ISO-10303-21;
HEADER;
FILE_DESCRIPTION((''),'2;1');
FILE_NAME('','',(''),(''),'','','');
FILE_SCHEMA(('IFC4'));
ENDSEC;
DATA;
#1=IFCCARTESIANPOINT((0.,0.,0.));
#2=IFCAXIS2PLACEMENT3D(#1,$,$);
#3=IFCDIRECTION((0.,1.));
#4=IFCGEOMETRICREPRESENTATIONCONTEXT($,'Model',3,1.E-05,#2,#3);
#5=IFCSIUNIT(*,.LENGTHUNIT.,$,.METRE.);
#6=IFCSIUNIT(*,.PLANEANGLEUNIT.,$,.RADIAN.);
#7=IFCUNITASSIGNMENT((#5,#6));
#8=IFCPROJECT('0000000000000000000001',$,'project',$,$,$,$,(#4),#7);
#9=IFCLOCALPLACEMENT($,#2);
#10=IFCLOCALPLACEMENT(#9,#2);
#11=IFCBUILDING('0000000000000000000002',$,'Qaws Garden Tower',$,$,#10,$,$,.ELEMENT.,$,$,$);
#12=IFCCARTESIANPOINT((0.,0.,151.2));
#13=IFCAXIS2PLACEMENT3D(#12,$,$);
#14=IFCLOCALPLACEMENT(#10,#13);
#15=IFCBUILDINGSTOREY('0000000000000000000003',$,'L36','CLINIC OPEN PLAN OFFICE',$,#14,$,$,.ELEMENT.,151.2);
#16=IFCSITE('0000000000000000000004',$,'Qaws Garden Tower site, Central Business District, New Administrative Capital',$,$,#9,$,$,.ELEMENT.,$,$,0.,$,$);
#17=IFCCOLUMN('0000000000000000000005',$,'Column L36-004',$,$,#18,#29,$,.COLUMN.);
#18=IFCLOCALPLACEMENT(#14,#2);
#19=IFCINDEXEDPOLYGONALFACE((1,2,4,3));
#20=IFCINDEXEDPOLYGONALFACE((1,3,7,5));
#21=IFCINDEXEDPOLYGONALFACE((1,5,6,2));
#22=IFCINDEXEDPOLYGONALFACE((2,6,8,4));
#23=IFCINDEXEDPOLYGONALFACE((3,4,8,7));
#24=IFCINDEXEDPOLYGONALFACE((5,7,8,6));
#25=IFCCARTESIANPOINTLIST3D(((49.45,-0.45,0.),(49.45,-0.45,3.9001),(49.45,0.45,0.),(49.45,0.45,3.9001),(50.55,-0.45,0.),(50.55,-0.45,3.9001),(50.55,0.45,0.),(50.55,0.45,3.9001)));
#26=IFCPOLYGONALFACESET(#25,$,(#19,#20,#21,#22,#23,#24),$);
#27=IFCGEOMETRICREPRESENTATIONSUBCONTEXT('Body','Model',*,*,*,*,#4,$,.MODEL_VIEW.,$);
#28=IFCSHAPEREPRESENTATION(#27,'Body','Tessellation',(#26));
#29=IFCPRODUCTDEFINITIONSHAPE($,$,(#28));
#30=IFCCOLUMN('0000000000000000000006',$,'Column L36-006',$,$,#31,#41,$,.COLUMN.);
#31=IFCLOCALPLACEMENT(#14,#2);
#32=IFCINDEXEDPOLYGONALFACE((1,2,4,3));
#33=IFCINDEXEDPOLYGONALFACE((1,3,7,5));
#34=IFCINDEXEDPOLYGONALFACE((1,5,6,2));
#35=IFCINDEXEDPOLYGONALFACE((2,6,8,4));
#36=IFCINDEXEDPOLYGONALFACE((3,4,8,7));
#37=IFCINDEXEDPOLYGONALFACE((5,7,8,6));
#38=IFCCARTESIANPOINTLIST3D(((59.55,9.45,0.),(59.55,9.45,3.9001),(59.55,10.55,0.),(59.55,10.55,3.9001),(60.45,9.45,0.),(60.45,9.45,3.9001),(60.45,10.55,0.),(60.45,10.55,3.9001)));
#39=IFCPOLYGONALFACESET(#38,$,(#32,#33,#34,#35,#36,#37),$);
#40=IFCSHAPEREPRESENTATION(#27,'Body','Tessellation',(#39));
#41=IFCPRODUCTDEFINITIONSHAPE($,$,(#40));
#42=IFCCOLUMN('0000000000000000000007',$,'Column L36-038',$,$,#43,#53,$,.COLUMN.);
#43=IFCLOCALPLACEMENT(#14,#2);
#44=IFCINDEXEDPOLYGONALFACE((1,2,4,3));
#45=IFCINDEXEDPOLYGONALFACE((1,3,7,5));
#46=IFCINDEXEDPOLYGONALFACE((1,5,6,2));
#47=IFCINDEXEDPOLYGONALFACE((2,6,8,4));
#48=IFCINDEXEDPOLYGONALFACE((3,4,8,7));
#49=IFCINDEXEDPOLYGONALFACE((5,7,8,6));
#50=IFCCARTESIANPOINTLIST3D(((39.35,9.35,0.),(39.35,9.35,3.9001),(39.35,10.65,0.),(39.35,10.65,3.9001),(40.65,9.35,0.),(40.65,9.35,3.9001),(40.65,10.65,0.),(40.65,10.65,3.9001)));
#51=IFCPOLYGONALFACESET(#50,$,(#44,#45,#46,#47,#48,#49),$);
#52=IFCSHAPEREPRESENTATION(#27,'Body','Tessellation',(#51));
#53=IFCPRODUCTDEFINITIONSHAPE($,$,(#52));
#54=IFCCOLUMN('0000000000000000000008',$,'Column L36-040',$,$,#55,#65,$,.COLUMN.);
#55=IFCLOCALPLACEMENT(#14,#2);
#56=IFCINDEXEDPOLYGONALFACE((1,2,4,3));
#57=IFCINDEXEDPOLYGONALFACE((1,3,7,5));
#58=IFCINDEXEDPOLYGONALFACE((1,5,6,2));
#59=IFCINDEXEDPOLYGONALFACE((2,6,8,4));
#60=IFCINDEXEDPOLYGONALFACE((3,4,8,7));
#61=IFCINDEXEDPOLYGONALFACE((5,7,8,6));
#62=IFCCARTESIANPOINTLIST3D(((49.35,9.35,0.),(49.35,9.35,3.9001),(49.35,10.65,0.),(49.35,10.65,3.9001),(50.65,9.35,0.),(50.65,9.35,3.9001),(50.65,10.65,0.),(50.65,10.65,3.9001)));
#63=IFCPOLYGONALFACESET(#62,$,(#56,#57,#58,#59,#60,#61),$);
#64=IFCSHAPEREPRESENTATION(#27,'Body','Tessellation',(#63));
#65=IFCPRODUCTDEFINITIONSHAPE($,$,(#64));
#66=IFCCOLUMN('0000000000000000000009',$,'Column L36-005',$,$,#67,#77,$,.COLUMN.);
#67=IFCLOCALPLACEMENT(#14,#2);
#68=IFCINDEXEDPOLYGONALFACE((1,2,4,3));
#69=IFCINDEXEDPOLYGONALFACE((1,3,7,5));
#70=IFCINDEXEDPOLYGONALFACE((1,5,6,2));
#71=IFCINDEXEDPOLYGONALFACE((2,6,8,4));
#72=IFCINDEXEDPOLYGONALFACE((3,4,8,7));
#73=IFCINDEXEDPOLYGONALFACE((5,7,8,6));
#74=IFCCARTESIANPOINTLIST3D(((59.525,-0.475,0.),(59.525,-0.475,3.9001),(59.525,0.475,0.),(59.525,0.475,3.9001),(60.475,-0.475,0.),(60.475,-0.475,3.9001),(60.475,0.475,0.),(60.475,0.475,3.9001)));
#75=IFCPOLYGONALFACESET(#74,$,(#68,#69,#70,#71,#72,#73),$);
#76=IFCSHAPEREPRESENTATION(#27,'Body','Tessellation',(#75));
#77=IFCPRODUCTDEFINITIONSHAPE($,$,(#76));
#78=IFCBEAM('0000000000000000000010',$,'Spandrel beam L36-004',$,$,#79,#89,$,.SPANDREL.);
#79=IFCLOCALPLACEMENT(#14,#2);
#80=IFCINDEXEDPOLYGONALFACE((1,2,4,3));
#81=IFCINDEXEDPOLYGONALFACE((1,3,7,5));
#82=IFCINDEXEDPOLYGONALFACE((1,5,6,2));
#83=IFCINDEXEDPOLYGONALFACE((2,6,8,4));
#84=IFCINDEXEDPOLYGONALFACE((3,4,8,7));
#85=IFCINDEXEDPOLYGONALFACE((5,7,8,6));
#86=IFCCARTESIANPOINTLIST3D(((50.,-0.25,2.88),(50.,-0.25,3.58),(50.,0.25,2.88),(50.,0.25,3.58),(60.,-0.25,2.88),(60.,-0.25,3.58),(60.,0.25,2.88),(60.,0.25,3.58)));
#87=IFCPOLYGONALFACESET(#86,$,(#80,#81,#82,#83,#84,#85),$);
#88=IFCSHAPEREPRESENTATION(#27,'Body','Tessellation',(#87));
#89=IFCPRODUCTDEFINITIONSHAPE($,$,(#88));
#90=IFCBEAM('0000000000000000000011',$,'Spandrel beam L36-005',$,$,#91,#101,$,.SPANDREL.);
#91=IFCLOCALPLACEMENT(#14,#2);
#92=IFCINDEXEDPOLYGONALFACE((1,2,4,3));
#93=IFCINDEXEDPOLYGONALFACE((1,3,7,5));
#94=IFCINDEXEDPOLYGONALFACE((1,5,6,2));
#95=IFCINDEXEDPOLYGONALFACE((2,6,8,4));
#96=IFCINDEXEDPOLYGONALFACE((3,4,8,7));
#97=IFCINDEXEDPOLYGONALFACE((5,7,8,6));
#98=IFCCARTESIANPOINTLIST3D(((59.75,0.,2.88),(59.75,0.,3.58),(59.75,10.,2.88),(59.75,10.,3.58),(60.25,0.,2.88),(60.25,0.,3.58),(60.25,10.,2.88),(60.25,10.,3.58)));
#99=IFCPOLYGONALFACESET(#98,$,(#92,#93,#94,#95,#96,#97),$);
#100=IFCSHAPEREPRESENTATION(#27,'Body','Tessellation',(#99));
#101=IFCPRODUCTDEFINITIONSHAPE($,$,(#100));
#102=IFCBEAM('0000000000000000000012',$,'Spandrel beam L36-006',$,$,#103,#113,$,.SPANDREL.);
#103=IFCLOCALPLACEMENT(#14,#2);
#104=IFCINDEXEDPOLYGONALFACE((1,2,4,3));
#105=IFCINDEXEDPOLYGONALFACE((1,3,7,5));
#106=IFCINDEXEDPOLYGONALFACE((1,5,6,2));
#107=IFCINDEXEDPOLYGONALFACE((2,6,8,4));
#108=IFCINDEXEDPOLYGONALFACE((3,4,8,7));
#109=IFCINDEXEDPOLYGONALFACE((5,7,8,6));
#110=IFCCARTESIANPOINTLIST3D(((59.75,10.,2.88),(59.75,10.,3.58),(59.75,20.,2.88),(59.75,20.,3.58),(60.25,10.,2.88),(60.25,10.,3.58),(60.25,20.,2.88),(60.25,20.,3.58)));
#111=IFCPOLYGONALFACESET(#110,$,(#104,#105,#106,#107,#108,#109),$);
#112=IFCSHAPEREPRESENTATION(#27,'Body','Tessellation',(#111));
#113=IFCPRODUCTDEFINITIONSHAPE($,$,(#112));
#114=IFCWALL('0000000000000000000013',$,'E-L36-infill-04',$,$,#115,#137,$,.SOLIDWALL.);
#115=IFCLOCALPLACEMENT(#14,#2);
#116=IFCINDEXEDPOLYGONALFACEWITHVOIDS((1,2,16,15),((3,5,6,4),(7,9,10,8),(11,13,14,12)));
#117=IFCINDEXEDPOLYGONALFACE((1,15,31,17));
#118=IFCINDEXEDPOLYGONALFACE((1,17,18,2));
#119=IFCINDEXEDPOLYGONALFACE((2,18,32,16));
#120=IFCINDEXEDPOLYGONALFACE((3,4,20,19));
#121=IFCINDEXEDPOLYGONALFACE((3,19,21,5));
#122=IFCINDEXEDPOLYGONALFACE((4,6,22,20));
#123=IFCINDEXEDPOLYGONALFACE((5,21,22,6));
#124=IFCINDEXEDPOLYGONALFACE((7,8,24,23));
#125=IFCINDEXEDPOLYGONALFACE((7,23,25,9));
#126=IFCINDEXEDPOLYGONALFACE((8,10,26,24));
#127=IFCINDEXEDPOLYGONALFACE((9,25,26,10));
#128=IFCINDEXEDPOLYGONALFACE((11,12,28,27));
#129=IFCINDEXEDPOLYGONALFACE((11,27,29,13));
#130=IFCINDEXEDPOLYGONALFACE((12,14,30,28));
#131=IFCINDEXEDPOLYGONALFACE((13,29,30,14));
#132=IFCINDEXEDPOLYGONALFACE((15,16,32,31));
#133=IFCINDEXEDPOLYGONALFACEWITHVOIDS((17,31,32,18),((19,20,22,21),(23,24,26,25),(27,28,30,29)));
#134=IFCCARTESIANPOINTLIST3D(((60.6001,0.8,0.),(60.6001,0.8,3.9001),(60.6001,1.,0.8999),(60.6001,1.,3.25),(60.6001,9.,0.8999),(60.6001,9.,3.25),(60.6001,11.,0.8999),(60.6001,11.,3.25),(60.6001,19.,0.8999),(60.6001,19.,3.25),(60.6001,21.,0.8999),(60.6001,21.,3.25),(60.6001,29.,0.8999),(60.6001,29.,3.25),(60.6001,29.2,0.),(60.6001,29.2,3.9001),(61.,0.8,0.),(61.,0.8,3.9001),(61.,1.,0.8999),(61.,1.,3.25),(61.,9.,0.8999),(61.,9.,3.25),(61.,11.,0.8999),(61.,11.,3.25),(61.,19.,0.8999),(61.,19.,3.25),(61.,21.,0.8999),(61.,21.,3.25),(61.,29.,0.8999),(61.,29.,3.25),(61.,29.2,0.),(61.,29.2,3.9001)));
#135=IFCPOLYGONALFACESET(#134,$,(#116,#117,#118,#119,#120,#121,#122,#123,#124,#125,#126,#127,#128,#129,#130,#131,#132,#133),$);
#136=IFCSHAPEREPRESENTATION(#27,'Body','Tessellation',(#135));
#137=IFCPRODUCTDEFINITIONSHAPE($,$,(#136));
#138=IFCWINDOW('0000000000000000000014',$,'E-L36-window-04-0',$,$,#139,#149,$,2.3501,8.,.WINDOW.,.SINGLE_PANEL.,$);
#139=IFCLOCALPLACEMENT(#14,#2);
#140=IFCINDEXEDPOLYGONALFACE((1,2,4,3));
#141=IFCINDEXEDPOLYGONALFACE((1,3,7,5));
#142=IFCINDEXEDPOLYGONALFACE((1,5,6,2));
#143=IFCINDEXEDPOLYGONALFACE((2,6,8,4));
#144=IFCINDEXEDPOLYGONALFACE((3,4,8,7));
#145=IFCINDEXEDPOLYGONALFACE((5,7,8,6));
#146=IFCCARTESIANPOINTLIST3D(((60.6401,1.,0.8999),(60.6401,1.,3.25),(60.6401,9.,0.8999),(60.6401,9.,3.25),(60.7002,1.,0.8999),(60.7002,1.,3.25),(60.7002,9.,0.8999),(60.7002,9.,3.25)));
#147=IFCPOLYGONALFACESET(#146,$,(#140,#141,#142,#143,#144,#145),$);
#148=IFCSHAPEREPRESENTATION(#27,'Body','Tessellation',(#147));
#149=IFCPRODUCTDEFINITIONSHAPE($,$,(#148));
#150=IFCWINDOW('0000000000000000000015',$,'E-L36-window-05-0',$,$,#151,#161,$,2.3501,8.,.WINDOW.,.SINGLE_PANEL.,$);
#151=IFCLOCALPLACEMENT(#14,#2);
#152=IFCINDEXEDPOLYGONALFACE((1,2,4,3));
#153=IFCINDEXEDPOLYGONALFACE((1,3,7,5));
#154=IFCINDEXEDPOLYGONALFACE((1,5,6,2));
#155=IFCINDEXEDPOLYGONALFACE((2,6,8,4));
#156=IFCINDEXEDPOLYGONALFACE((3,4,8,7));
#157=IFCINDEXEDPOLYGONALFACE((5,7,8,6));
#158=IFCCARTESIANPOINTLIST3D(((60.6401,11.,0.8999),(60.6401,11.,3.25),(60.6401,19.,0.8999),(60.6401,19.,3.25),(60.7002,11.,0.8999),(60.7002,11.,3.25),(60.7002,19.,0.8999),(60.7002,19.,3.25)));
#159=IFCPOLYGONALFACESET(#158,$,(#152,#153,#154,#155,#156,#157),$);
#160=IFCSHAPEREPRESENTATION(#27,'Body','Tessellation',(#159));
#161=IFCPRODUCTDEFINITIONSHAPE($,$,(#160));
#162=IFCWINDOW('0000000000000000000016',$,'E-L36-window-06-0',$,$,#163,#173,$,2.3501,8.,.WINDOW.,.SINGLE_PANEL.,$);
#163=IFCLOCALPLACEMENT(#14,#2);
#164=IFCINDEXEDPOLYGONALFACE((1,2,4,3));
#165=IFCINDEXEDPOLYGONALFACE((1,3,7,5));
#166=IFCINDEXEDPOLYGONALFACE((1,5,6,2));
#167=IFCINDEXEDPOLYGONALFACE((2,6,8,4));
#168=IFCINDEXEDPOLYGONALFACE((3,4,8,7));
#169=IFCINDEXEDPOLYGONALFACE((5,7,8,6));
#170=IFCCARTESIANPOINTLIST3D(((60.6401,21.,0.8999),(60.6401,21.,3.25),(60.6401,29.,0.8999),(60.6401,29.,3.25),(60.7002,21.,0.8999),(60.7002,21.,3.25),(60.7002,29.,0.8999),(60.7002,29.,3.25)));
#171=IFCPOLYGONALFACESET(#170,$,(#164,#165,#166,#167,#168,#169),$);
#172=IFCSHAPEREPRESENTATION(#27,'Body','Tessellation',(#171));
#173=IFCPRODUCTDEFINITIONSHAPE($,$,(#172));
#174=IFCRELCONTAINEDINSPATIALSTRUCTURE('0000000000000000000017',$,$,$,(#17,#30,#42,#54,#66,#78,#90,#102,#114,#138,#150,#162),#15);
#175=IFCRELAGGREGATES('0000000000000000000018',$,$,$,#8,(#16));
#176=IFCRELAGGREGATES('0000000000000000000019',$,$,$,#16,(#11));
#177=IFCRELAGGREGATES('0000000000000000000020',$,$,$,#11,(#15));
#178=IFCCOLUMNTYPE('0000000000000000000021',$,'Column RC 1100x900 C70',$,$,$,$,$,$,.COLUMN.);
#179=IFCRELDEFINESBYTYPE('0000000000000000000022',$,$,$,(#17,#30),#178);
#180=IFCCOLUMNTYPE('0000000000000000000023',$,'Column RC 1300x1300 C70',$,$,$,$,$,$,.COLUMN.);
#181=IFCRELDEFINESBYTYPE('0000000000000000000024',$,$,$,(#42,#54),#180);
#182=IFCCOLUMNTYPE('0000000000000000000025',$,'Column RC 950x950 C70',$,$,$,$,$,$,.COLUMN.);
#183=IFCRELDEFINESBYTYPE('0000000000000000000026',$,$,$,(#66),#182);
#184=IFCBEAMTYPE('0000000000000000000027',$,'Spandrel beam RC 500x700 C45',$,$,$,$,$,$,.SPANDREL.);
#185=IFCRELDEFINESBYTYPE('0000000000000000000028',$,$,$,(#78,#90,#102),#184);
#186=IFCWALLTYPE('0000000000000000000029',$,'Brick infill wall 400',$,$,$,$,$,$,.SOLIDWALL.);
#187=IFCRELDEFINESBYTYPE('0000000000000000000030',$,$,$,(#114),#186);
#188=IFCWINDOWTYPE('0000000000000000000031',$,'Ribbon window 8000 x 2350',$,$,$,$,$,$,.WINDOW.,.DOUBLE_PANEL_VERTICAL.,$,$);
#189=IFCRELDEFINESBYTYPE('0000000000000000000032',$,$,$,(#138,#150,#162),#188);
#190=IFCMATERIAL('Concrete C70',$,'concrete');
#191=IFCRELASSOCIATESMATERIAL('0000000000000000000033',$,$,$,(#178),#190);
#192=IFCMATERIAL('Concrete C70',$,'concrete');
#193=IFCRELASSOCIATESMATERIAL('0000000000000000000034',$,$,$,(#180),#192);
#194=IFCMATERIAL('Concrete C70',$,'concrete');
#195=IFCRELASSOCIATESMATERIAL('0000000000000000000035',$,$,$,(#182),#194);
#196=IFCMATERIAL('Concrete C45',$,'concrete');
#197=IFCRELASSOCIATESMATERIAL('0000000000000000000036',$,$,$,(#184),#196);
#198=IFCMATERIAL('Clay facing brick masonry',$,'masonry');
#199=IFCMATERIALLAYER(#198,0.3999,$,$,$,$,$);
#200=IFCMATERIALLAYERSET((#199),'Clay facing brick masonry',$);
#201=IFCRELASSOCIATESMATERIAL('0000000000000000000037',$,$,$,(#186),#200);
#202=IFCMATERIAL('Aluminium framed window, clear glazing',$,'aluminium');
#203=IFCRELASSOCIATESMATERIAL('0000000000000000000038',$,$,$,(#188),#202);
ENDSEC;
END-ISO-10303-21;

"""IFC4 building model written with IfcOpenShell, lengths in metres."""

from ifc_helpers import new_model, si_unit, direction, frame, frame_2d, origin, origin_2d, place, context, subcontext, project, spatial, rectangle, extrude, material, layer, layer_set, material_profile, profile_set, type_object, element, fill, save


model = new_model("IFC4")

# Units and contexts
model_context = context("Model", 3, precision=1e-05, world=origin(), true_north=direction((0.0, 1.0)))
body_context = subcontext(model_context, "Body", "Model", "MODEL_VIEW")
ifc_project = project(units=[si_unit("LENGTHUNIT", "METRE"), si_unit("PLANEANGLEUNIT", "RADIAN")], contexts=[model_context])

# Site, building, storey
site_placement = place(None, origin())
site = spatial("IfcSite", under=ifc_project, at=site_placement, Name="Qaws Garden Tower site, Central Business District, New Administrative Capital", CompositionType="ELEMENT", RefElevation=0.0)
building_placement = place(site_placement, origin())
building = spatial("IfcBuilding", under=site, at=building_placement, Name="Qaws Garden Tower", CompositionType="ELEMENT")
storey_placement = place(building_placement, frame((0.0, 0.0, 151.2)))
storey = spatial("IfcBuildingStorey", under=building, at=storey_placement, Name="L36", Description="CLINIC OPEN PLAN OFFICE", CompositionType="ELEMENT", Elevation=151.2)

# Columns
ifc_material_1 = material(Name="Concrete C70", Category="concrete")
ifc_material_profile_1 = material_profile(ifc_material_1, rectangle(XDim=1.1001, YDim=0.8999, at=origin_2d()), Name="RC 1100x900")
ifc_profile_set_1 = profile_set([ifc_material_profile_1], Name="Concrete C70")
column_type_1 = type_object("IfcColumnType", Name="Column RC 1100x900 C70", PredefinedType="COLUMN", material=ifc_profile_set_1)
for number, where, z_axis, x_axis, name in (
    (1, (50.0, 0.0, 0.0), (0.0, 0.0, 1.0), (1.0, 0.0, 0.0), "Column L36-004"),
    (2, (60.0, 10.0, 0.0), (0.0, 0.0, 1.0), (0.0, 1.0, 0.0), "Column L36-006"),
):
    element("IfcColumn", number, at=place(storey_placement, frame(where, z_axis=z_axis, x_axis=x_axis)), inside=storey, type_object=column_type_1, Name=name, PredefinedType="COLUMN", context=body_context, shape_type="SweptSolid", body=[
        extrude(rectangle(XDim=1.1001, YDim=0.8999, at=origin_2d()), origin(), (0.0, 0.0, 1.0), 3.9001),
    ])
ifc_material_2 = material(Name="Concrete C70", Category="concrete")
ifc_material_profile_2 = material_profile(ifc_material_2, rectangle(XDim=1.3, YDim=1.3, at=origin_2d()), Name="RC 1300x1300")
ifc_profile_set_2 = profile_set([ifc_material_profile_2], Name="Concrete C70")
column_type_2 = type_object("IfcColumnType", Name="Column RC 1300x1300 C70", PredefinedType="COLUMN", material=ifc_profile_set_2)
for number, where, z_axis, x_axis, name in (
    (3, (40.0, 10.0, 0.0), (0.0, 0.0, 1.0), (1.0, 0.0, 0.0), "Column L36-038"),
    (4, (50.0, 10.0, 0.0), (0.0, 0.0, 1.0), (1.0, 0.0, 0.0), "Column L36-040"),
):
    element("IfcColumn", number, at=place(storey_placement, frame(where, z_axis=z_axis, x_axis=x_axis)), inside=storey, type_object=column_type_2, Name=name, PredefinedType="COLUMN", context=body_context, shape_type="SweptSolid", body=[
        extrude(rectangle(XDim=1.3, YDim=1.3, at=origin_2d()), origin(), (0.0, 0.0, 1.0), 3.9001),
    ])
ifc_material_3 = material(Name="Concrete C70", Category="concrete")
ifc_material_profile_3 = material_profile(ifc_material_3, rectangle(XDim=0.95, YDim=0.95, at=origin_2d()), Name="RC 950x950")
ifc_profile_set_3 = profile_set([ifc_material_profile_3], Name="Concrete C70")
column_type_3 = type_object("IfcColumnType", Name="Column RC 950x950 C70", PredefinedType="COLUMN", material=ifc_profile_set_3)
column_placement = place(storey_placement, frame((60.0, 0.0, 0.0), z_axis=(0.0, 0.0, 1.0), x_axis=(1.0, 0.0, 0.0)))
element("IfcColumn", 5, at=column_placement, inside=storey, type_object=column_type_3, Name="Column L36-005", PredefinedType="COLUMN", context=body_context, shape_type="SweptSolid", body=[
    extrude(rectangle(XDim=0.95, YDim=0.95, at=origin_2d()), origin(), (0.0, 0.0, 1.0), 3.9001),
])

# Beams
ifc_material_4 = material(Name="Concrete C45", Category="concrete")
ifc_material_profile_4 = material_profile(ifc_material_4, rectangle(XDim=0.5, YDim=0.7, at=origin_2d()), Name="RC 500x700")
ifc_profile_set_4 = profile_set([ifc_material_profile_4], Name="Concrete C45")
beam_type = type_object("IfcBeamType", Name="Spandrel beam RC 500x700 C45", PredefinedType="SPANDREL", material=ifc_profile_set_4)
for number, where, z_axis, x_axis, name in (
    (6, (50.0, 0.0, 3.23), (1.0, 0.0, 0.0), (0.0, 1.0, 0.0), "Spandrel beam L36-004"),
    (7, (60.0, 0.0, 3.23), (0.0, 1.0, 0.0), (-1.0, 0.0, 0.0), "Spandrel beam L36-005"),
    (8, (60.0, 10.0, 3.23), (0.0, 1.0, 0.0), (-1.0, 0.0, 0.0), "Spandrel beam L36-006"),
):
    element("IfcBeam", number, at=place(storey_placement, frame(where, z_axis=z_axis, x_axis=x_axis)), inside=storey, type_object=beam_type, Name=name, PredefinedType="SPANDREL", context=body_context, shape_type="SweptSolid", body=[
        extrude(rectangle(XDim=0.5, YDim=0.7, at=origin_2d()), origin(), (0.0, 0.0, 1.0), 10.0),
    ])

# Wall, openings, windows
ifc_material_5 = material(Name="Clay facing brick masonry", Category="masonry")
ifc_layer_1 = layer(ifc_material_5, 0.3999)
ifc_layer_set_1 = layer_set([ifc_layer_1], Name="Clay facing brick masonry")
wall_type_1 = type_object("IfcWallType", Name="Brick infill wall 400", PredefinedType="SOLIDWALL", material=ifc_layer_set_1)
wall_1_placement = place(storey_placement, frame((60.8, 0.8, 0.0), z_axis=(0.0, 0.0, 1.0), x_axis=(0.0, 1.0, 0.0)))
wall_1 = element("IfcWall", 9, at=wall_1_placement, inside=storey, type_object=wall_type_1, Name="E-L36-infill-04", PredefinedType="SOLIDWALL", context=body_context, shape_type="SweptSolid", body=[
    extrude(rectangle(XDim=28.3999, YDim=0.3999, at=frame_2d((14.2, 0.0))), origin(), (0.0, 0.0, 1.0), 3.9001),
])
opening_1_placement = place(wall_1_placement, frame((0.2, 0.0, 0.8999)))
opening_1 = element("IfcOpeningElement", 10, at=opening_1_placement, cuts=wall_1, PredefinedType="OPENING", context=body_context, shape_type="SweptSolid", body=[
    extrude(rectangle(XDim=8.0, YDim=2.3501, at=frame_2d((4.0, 1.175))), frame((0.0, 0.21, 0.0), z_axis=(0.0, -1.0, 0.0), x_axis=(1.0, 0.0, 0.0)), (0.0, 0.0, 1.0), 0.4199),
])
opening_2_placement = place(wall_1_placement, frame((10.2, 0.0, 0.8999)))
opening_2 = element("IfcOpeningElement", 11, at=opening_2_placement, cuts=wall_1, PredefinedType="OPENING", context=body_context, shape_type="SweptSolid", body=[
    extrude(rectangle(XDim=8.0, YDim=2.3501, at=frame_2d((4.0, 1.175))), frame((0.0, 0.21, 0.0), z_axis=(0.0, -1.0, 0.0), x_axis=(1.0, 0.0, 0.0)), (0.0, 0.0, 1.0), 0.4199),
])
opening_3_placement = place(wall_1_placement, frame((20.2, 0.0, 0.8999)))
opening_3 = element("IfcOpeningElement", 12, at=opening_3_placement, cuts=wall_1, PredefinedType="OPENING", context=body_context, shape_type="SweptSolid", body=[
    extrude(rectangle(XDim=8.0, YDim=2.3501, at=frame_2d((4.0, 1.175))), frame((0.0, 0.21, 0.0), z_axis=(0.0, -1.0, 0.0), x_axis=(1.0, 0.0, 0.0)), (0.0, 0.0, 1.0), 0.4199),
])
ifc_material_6 = material(Name="Aluminium framed window, clear glazing", Category="aluminium")
window_type = type_object("IfcWindowType", Name="Ribbon window 8000 x 2350", PartitioningType="DOUBLE_PANEL_VERTICAL", PredefinedType="WINDOW", material=ifc_material_6)
window_1_placement = place(opening_1_placement, origin())
window_1 = element("IfcWindow", 13, at=window_1_placement, inside=storey, type_object=window_type, Name="E-L36-window-04-0", OverallHeight=2.3501, OverallWidth=8.0, PartitioningType="SINGLE_PANEL", PredefinedType="WINDOW", context=body_context, shape_type="SweptSolid", body=[
    extrude(rectangle(XDim=8.0, YDim=2.3501, at=frame_2d((4.0, 1.175))), frame((0.0, 0.1599, 0.0), z_axis=(0.0, -1.0, 0.0), x_axis=(1.0, 0.0, 0.0)), (0.0, 0.0, 1.0), 0.0601),
])
fill(opening_1, window_1)
window_2_placement = place(opening_2_placement, origin())
window_2 = element("IfcWindow", 14, at=window_2_placement, inside=storey, type_object=window_type, Name="E-L36-window-05-0", OverallHeight=2.3501, OverallWidth=8.0, PartitioningType="SINGLE_PANEL", PredefinedType="WINDOW", context=body_context, shape_type="SweptSolid", body=[
    extrude(rectangle(XDim=8.0, YDim=2.3501, at=frame_2d((4.0, 1.175))), frame((0.0, 0.1599, 0.0), z_axis=(0.0, -1.0, 0.0), x_axis=(1.0, 0.0, 0.0)), (0.0, 0.0, 1.0), 0.0601),
])
fill(opening_2, window_2)
window_3_placement = place(opening_3_placement, origin())
window_3 = element("IfcWindow", 15, at=window_3_placement, inside=storey, type_object=window_type, Name="E-L36-window-06-0", OverallHeight=2.3501, OverallWidth=8.0, PartitioningType="SINGLE_PANEL", PredefinedType="WINDOW", context=body_context, shape_type="SweptSolid", body=[
    extrude(rectangle(XDim=8.0, YDim=2.3501, at=frame_2d((4.0, 1.175))), frame((0.0, 0.1599, 0.0), z_axis=(0.0, -1.0, 0.0), x_axis=(1.0, 0.0, 0.0)), (0.0, 0.0, 1.0), 0.0601),
])
fill(opening_3, window_3)

save(model, "model.ifc")
